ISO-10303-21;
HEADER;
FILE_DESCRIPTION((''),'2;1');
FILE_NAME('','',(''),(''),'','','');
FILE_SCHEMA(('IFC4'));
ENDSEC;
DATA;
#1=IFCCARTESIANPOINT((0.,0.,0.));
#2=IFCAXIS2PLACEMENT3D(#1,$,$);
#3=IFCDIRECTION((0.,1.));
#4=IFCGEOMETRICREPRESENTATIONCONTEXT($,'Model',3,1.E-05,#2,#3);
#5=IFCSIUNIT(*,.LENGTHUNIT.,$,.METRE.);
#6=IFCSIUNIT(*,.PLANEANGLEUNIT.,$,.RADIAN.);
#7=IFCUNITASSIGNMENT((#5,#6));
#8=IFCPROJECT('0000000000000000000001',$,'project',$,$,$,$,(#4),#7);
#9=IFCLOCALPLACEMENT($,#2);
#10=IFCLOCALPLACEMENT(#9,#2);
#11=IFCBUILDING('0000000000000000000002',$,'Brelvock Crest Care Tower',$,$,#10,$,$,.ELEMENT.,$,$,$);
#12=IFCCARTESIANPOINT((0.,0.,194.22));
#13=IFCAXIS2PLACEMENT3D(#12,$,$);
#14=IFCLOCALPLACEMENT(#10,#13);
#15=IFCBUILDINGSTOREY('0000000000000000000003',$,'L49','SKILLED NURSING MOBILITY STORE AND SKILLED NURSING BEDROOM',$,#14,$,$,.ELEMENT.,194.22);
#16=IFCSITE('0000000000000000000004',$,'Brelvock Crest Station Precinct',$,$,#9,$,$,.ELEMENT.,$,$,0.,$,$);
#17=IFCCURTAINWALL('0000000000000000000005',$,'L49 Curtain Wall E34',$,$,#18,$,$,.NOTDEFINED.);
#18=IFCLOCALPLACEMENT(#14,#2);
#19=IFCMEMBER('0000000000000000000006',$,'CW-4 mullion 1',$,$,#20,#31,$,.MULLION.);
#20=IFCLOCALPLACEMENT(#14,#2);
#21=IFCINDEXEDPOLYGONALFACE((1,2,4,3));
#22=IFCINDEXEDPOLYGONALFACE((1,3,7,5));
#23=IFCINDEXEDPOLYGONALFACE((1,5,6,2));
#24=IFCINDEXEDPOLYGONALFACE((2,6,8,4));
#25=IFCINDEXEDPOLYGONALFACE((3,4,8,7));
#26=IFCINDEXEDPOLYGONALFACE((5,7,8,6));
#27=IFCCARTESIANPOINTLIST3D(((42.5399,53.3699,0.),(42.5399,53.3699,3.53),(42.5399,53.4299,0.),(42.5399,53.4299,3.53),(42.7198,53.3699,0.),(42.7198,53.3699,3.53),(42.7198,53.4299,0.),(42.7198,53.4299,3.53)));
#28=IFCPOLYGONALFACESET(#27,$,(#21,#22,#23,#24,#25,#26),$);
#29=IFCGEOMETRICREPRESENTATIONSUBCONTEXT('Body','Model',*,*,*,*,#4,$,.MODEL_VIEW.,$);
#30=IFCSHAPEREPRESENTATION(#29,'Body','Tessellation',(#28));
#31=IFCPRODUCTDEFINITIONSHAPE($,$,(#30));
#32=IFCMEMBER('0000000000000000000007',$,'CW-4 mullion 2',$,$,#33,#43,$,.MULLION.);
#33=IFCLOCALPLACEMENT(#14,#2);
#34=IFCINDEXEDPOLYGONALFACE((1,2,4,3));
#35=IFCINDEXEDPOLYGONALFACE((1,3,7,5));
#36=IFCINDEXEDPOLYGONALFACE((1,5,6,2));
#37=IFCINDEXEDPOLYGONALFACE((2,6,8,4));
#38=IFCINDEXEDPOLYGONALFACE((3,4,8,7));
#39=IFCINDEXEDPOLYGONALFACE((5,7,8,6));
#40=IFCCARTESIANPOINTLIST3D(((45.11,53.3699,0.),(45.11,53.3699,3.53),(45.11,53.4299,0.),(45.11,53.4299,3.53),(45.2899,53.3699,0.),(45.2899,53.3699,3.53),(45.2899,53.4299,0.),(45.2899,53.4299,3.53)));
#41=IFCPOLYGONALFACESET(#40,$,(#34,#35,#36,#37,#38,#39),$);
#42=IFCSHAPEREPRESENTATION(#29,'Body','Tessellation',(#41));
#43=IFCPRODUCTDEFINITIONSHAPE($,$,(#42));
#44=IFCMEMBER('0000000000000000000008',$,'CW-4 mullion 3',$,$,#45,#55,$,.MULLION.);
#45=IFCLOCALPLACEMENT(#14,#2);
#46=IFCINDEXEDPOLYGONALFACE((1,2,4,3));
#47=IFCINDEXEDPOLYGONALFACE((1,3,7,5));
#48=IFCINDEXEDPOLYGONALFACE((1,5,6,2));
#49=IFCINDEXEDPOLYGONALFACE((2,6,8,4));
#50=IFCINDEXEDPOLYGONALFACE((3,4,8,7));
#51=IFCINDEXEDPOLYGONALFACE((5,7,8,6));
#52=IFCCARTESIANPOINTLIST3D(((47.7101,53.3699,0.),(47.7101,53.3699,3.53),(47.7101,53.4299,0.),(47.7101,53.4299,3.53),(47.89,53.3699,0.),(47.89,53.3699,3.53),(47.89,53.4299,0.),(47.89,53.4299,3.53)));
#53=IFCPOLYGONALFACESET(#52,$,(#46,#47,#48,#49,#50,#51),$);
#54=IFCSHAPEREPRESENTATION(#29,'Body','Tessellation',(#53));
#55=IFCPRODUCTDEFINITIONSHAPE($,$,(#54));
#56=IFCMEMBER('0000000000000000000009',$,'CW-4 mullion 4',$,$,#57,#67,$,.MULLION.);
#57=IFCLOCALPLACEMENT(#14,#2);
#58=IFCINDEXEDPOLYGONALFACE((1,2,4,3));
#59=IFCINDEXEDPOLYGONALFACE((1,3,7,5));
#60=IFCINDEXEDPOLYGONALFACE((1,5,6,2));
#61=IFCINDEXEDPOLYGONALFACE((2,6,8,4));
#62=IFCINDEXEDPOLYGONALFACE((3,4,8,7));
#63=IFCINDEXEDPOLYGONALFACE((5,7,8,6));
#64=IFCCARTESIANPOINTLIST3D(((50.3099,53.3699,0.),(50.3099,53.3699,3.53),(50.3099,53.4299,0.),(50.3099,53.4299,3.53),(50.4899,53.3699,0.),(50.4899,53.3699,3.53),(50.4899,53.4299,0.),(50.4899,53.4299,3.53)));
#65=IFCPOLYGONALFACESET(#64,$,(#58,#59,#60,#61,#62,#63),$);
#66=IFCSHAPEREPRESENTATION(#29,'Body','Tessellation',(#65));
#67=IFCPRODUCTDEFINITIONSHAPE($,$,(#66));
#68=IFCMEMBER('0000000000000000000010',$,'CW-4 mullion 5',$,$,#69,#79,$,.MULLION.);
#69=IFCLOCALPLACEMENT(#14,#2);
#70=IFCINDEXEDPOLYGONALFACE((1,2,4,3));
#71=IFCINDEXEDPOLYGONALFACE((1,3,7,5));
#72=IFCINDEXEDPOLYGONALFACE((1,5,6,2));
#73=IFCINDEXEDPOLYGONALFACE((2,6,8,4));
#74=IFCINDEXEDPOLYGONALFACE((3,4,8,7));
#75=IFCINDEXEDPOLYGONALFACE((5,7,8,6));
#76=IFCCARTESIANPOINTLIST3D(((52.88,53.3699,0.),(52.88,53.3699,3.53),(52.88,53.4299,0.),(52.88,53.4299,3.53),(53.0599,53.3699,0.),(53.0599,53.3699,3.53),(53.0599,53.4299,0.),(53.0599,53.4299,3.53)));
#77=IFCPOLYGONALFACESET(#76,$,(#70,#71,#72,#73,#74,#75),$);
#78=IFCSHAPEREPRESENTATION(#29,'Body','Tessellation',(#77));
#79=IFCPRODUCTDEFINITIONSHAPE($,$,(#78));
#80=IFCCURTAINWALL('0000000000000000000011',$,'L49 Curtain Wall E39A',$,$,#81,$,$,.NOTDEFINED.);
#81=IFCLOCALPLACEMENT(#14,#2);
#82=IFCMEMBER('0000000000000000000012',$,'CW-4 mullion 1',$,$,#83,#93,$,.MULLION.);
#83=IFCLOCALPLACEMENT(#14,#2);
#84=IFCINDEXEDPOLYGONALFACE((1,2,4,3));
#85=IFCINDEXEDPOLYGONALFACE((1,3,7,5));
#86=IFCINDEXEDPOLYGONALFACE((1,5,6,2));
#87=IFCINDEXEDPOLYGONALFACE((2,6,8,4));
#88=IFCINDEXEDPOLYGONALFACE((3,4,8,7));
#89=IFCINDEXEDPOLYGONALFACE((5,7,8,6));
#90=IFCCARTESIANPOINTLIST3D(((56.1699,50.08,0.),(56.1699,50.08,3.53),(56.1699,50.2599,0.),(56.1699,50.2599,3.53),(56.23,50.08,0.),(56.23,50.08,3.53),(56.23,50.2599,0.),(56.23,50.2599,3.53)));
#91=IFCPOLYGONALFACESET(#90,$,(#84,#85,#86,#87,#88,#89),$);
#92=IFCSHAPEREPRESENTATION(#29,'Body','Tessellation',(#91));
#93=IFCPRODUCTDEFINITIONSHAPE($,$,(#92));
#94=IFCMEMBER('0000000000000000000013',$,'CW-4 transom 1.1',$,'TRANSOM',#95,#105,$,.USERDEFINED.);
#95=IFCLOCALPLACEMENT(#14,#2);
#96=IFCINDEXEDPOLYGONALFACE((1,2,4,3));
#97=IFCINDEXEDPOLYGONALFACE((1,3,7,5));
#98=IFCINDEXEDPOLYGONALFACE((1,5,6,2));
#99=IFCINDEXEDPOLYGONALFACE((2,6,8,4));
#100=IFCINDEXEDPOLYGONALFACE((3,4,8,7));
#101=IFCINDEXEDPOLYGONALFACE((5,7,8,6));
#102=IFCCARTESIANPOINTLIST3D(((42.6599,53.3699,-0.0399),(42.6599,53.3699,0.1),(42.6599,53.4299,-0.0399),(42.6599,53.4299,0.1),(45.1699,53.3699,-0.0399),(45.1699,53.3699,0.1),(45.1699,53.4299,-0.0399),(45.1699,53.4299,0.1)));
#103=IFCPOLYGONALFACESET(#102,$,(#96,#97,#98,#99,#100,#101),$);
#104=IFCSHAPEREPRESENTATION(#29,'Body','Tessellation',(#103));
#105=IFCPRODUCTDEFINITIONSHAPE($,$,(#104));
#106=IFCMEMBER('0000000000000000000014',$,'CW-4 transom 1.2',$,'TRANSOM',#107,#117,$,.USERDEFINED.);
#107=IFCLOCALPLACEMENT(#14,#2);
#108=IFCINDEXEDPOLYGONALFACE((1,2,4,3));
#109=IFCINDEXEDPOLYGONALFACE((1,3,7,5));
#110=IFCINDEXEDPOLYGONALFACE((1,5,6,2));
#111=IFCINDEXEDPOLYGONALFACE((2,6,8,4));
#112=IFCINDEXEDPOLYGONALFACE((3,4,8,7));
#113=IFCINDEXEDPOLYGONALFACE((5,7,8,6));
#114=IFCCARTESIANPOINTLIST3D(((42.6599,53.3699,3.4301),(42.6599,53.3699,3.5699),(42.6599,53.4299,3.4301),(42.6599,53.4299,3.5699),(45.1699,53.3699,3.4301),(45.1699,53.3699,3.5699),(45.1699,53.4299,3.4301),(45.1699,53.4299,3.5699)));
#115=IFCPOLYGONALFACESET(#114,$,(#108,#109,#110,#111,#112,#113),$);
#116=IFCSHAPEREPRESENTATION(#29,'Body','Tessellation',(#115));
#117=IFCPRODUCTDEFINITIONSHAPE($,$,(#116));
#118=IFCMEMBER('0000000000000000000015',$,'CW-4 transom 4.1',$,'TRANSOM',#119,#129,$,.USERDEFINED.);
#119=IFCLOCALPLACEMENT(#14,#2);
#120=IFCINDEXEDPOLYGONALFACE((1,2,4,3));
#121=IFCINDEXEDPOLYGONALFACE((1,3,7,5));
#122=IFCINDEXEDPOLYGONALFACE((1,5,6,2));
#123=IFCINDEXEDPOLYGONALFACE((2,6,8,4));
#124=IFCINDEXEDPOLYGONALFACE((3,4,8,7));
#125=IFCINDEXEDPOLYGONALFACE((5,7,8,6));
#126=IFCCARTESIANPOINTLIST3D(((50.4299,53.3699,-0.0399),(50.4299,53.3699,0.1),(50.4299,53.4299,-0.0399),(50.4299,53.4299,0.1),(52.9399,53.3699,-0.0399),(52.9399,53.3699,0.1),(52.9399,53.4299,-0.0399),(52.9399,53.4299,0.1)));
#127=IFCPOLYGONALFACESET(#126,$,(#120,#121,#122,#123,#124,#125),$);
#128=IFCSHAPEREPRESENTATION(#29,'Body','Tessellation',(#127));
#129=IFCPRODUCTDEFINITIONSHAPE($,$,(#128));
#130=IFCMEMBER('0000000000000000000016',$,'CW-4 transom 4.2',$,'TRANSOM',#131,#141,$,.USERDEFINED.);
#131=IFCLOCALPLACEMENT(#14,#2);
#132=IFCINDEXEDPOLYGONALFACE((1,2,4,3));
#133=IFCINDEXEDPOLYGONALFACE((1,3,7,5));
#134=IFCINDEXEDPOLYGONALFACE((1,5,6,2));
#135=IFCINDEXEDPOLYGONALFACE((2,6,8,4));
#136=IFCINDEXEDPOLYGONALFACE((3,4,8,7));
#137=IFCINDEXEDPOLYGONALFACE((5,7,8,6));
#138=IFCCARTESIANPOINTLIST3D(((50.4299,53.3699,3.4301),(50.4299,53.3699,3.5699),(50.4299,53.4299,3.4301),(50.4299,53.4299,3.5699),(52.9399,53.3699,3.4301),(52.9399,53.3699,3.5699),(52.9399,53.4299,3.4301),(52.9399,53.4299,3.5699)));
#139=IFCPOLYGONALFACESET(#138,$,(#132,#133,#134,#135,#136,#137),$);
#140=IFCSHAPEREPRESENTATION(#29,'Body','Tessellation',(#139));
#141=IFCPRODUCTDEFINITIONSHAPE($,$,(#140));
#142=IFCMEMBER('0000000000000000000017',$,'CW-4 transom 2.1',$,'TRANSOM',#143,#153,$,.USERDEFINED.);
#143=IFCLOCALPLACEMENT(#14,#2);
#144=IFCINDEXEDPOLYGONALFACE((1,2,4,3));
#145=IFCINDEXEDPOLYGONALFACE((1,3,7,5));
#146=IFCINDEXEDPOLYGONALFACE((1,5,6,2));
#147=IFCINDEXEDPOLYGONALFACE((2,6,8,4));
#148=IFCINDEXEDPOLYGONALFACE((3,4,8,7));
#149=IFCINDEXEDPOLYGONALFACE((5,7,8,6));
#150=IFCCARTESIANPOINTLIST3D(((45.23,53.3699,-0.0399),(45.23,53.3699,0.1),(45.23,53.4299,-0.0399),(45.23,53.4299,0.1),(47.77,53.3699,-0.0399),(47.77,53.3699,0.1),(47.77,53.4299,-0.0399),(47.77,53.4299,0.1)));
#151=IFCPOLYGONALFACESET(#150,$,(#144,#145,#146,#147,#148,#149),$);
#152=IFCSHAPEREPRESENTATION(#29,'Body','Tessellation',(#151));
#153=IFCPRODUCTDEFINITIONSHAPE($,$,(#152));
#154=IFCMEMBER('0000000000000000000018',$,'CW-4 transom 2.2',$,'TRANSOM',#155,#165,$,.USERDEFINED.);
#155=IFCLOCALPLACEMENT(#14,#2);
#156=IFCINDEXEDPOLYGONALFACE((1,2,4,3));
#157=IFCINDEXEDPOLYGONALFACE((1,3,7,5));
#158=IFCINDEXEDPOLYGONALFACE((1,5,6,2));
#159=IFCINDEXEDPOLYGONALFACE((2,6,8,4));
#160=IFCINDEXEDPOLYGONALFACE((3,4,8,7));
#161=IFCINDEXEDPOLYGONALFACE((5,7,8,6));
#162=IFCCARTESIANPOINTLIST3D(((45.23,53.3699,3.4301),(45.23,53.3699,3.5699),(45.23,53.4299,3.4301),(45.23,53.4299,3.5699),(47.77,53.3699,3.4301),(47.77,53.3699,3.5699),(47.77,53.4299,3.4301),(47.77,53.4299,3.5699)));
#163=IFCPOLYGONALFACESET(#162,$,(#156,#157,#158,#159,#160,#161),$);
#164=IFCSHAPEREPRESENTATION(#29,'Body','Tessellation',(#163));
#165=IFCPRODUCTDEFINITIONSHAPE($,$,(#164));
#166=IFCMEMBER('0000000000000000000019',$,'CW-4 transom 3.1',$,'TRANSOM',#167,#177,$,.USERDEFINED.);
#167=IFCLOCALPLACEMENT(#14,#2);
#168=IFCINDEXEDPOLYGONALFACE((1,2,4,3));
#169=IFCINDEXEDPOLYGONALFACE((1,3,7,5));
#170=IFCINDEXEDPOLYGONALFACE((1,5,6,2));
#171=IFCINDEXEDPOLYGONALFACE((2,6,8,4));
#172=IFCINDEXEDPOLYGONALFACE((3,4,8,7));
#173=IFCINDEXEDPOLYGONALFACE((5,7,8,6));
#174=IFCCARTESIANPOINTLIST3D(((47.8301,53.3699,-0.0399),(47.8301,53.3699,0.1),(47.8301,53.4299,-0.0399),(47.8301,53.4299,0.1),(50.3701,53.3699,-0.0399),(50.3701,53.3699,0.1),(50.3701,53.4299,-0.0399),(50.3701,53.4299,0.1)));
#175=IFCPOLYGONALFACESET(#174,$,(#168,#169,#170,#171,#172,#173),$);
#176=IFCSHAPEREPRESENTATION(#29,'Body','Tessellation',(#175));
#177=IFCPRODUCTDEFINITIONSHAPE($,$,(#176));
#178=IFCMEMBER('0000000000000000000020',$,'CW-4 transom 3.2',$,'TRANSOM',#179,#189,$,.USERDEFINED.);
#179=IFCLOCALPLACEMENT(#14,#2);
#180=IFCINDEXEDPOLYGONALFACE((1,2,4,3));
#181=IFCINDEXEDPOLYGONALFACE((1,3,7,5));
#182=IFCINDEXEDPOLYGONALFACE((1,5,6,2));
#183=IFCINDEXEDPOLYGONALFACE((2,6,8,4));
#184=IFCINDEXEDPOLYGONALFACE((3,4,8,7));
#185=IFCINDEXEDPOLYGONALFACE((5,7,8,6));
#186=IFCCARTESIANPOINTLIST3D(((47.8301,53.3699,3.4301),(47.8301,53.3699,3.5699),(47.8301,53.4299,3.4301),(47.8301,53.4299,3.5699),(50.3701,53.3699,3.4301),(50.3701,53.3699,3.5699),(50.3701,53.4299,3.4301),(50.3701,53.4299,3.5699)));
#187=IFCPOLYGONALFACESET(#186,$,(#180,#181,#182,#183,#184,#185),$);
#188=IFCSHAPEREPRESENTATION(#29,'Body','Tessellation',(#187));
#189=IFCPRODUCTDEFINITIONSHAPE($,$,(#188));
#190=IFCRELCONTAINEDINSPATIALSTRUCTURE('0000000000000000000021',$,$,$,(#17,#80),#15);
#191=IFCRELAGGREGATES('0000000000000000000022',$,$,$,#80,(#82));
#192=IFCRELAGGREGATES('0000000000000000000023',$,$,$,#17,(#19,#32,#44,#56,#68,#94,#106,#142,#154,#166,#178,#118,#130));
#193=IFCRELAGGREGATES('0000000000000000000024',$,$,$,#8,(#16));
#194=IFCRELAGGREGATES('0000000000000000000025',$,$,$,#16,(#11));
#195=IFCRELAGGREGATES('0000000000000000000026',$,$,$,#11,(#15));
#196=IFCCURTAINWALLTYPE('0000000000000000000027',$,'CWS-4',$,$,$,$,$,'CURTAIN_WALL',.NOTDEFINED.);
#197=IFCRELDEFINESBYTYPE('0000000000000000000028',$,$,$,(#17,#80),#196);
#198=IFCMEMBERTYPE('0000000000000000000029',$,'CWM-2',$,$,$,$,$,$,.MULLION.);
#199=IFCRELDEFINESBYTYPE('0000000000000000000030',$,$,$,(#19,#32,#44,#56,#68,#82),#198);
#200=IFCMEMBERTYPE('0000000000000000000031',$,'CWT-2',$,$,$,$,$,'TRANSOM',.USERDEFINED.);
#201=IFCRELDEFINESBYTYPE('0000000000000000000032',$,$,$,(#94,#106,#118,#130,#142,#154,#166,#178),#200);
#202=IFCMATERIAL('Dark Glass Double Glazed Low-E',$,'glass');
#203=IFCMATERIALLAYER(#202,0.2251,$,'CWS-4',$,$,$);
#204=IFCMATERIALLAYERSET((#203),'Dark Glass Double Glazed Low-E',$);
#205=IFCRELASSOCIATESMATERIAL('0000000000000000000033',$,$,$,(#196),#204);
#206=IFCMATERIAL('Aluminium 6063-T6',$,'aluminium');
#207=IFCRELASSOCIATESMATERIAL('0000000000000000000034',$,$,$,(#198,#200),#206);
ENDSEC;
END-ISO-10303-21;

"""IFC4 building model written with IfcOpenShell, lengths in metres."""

from ifc_helpers import new_model, si_unit, direction, frame, origin, origin_2d, place, context, subcontext, project, spatial, rectangle, extrude, source, transform, mapped, material, layer, layer_set, material_profile, profile_set, type_object, element, aggregate, save


model = new_model("IFC4")

# Units and contexts
model_context = context("Model", 3, precision=1e-05, world=origin(), true_north=direction((0.0, 1.0)))
body_context = subcontext(model_context, "Body", "Model", "MODEL_VIEW")
ifc_project = project(units=[si_unit("LENGTHUNIT", "METRE"), si_unit("PLANEANGLEUNIT", "RADIAN")], contexts=[model_context])

# Site, building, storey
site_placement = place(None, origin())
site = spatial("IfcSite", under=ifc_project, at=site_placement, Name="Brelvock Crest Station Precinct", CompositionType="ELEMENT", RefElevation=0.0)
building_placement = place(site_placement, origin())
building = spatial("IfcBuilding", under=site, at=building_placement, Name="Brelvock Crest Care Tower", CompositionType="ELEMENT")
storey_placement = place(building_placement, frame((0.0, 0.0, 194.22)))
storey = spatial("IfcBuildingStorey", under=building, at=storey_placement, Name="L49", Description="SKILLED NURSING MOBILITY STORE AND SKILLED NURSING BEDROOM", CompositionType="ELEMENT", Elevation=194.22)

# Curtain wall, members
ifc_material_1 = material(Name="Dark Glass Double Glazed Low-E", Category="glass")
ifc_layer_1 = layer(ifc_material_1, 0.2251, Name="CWS-4")
ifc_layer_set_1 = layer_set([ifc_layer_1], Name="Dark Glass Double Glazed Low-E")
curtain_wall_type = type_object("IfcCurtainWallType", Name="CWS-4", ElementType="CURTAIN_WALL", PredefinedType="NOTDEFINED", material=ifc_layer_set_1)
curtain_wall_1_placement = place(storey_placement, origin())
curtain_wall_1 = element("IfcCurtainWall", 1, at=curtain_wall_1_placement, inside=storey, type_object=curtain_wall_type, Name="L49 Curtain Wall E34", PredefinedType="NOTDEFINED")
ifc_material_2 = material(Name="Aluminium 6063-T6", Category="aluminium")
ifc_material_profile_1 = material_profile(ifc_material_2, rectangle(XDim=0.0601, YDim=0.1799, at=origin_2d()), Name="ALU60x180")
ifc_profile_set_1 = profile_set([ifc_material_profile_1], Name="Aluminium 6063-T6")
member_type_1 = type_object("IfcMemberType", Name="CWM-2", PredefinedType="MULLION", material=ifc_profile_set_1)
shared_shape_1 = source(origin(), body_context, "Body", "SweptSolid", [
    extrude(rectangle(XDim=0.0601, YDim=0.1799, at=origin_2d()), origin(), (0.0, 0.0, 1.0), 3.53),
])
member_1_placement = place(storey_placement, frame((42.6299, 53.3999, 0.0), z_axis=(0.0, 0.0, 1.0), x_axis=(0.0, 1.0, 0.0)))
member_1 = element("IfcMember", 2, at=member_1_placement, type_object=member_type_1, Name="CW-4 mullion 1", PredefinedType="MULLION", context=body_context, shape_type="MappedRepresentation", body=[
    mapped(shared_shape_1, transform((0.0, 0.0, 0.0), x_axis=(1.0, 0.0, 0.0), y_axis=(0.0, 1.0, 0.0), z_axis=(0.0, 0.0, 1.0), scale=1.0)),
])
member_2_placement = place(storey_placement, frame((45.2, 53.3999, 0.0), z_axis=(0.0, 0.0, 1.0), x_axis=(0.0, 1.0, 0.0)))
member_2 = element("IfcMember", 3, at=member_2_placement, type_object=member_type_1, Name="CW-4 mullion 2", PredefinedType="MULLION", context=body_context, shape_type="MappedRepresentation", body=[
    mapped(shared_shape_1, transform((0.0, 0.0, 0.0), x_axis=(1.0, 0.0, 0.0), y_axis=(0.0, 1.0, 0.0), z_axis=(0.0, 0.0, 1.0), scale=1.0)),
])
member_3_placement = place(storey_placement, frame((47.8, 53.3999, 0.0), z_axis=(0.0, 0.0, 1.0), x_axis=(0.0, 1.0, 0.0)))
member_3 = element("IfcMember", 4, at=member_3_placement, type_object=member_type_1, Name="CW-4 mullion 3", PredefinedType="MULLION", context=body_context, shape_type="MappedRepresentation", body=[
    mapped(shared_shape_1, transform((0.0, 0.0, 0.0), x_axis=(1.0, 0.0, 0.0), y_axis=(0.0, 1.0, 0.0), z_axis=(0.0, 0.0, 1.0), scale=1.0)),
])
member_4_placement = place(storey_placement, frame((50.3999, 53.3999, 0.0), z_axis=(0.0, 0.0, 1.0), x_axis=(0.0, 1.0, 0.0)))
member_4 = element("IfcMember", 5, at=member_4_placement, type_object=member_type_1, Name="CW-4 mullion 4", PredefinedType="MULLION", context=body_context, shape_type="MappedRepresentation", body=[
    mapped(shared_shape_1, transform((0.0, 0.0, 0.0), x_axis=(1.0, 0.0, 0.0), y_axis=(0.0, 1.0, 0.0), z_axis=(0.0, 0.0, 1.0), scale=1.0)),
])
member_5_placement = place(storey_placement, frame((52.97, 53.3999, 0.0), z_axis=(0.0, 0.0, 1.0), x_axis=(0.0, 1.0, 0.0)))
member_5 = element("IfcMember", 6, at=member_5_placement, type_object=member_type_1, Name="CW-4 mullion 5", PredefinedType="MULLION", context=body_context, shape_type="MappedRepresentation", body=[
    mapped(shared_shape_1, transform((0.0, 0.0, 0.0), x_axis=(1.0, 0.0, 0.0), y_axis=(0.0, 1.0, 0.0), z_axis=(0.0, 0.0, 1.0), scale=1.0)),
])

# Curtain wall, member
curtain_wall_2_placement = place(storey_placement, origin())
curtain_wall_2 = element("IfcCurtainWall", 7, at=curtain_wall_2_placement, inside=storey, type_object=curtain_wall_type, Name="L49 Curtain Wall E39A", PredefinedType="NOTDEFINED")
member_6_placement = place(storey_placement, frame((56.2, 50.1699, 0.0), z_axis=(0.0, 0.0, 1.0), x_axis=(1.0, 0.0, 0.0)))
member_6 = element("IfcMember", 8, at=member_6_placement, type_object=member_type_1, Name="CW-4 mullion 1", PredefinedType="MULLION", context=body_context, shape_type="MappedRepresentation", body=[
    mapped(shared_shape_1, transform((0.0, 0.0, 0.0), x_axis=(1.0, 0.0, 0.0), y_axis=(0.0, 1.0, 0.0), z_axis=(0.0, 0.0, 1.0), scale=1.0)),
])
aggregate(curtain_wall_2, [member_6])

# Members
ifc_material_profile_2 = material_profile(ifc_material_2, rectangle(XDim=0.0601, YDim=0.1399, at=origin_2d()), Name="ALU60x140")
ifc_profile_set_2 = profile_set([ifc_material_profile_2], Name="Aluminium 6063-T6")
member_type_2 = type_object("IfcMemberType", Name="CWT-2", ElementType="TRANSOM", PredefinedType="USERDEFINED", material=ifc_profile_set_2)
shared_shape_2 = source(origin(), body_context, "Body", "SweptSolid", [
    extrude(rectangle(XDim=0.0601, YDim=0.1399, at=origin_2d()), origin(), (0.0, 0.0, 1.0), 2.51),
])
member_7_placement = place(storey_placement, frame((42.6599, 53.3999, 0.03), z_axis=(1.0, 0.0, 0.0), x_axis=(0.0, 1.0, 0.0)))
member_7 = element("IfcMember", 9, at=member_7_placement, type_object=member_type_2, Name="CW-4 transom 1.1", ObjectType="TRANSOM", PredefinedType="USERDEFINED", context=body_context, shape_type="MappedRepresentation", body=[
    mapped(shared_shape_2, transform((0.0, 0.0, 0.0), x_axis=(1.0, 0.0, 0.0), y_axis=(0.0, 1.0, 0.0), z_axis=(0.0, 0.0, 1.0), scale=1.0)),
])
member_8_placement = place(storey_placement, frame((42.6599, 53.3999, 3.5), z_axis=(1.0, 0.0, 0.0), x_axis=(0.0, 1.0, 0.0)))
member_8 = element("IfcMember", 10, at=member_8_placement, type_object=member_type_2, Name="CW-4 transom 1.2", ObjectType="TRANSOM", PredefinedType="USERDEFINED", context=body_context, shape_type="MappedRepresentation", body=[
    mapped(shared_shape_2, transform((0.0, 0.0, 0.0), x_axis=(1.0, 0.0, 0.0), y_axis=(0.0, 1.0, 0.0), z_axis=(0.0, 0.0, 1.0), scale=1.0)),
])
member_9_placement = place(storey_placement, frame((50.4299, 53.3999, 0.03), z_axis=(1.0, 0.0, 0.0), x_axis=(0.0, 1.0, 0.0)))
member_9 = element("IfcMember", 11, at=member_9_placement, type_object=member_type_2, Name="CW-4 transom 4.1", ObjectType="TRANSOM", PredefinedType="USERDEFINED", context=body_context, shape_type="MappedRepresentation", body=[
    mapped(shared_shape_2, transform((0.0, 0.0, 0.0), x_axis=(1.0, 0.0, 0.0), y_axis=(0.0, 1.0, 0.0), z_axis=(0.0, 0.0, 1.0), scale=1.0)),
])
member_10_placement = place(storey_placement, frame((50.4299, 53.3999, 3.5), z_axis=(1.0, 0.0, 0.0), x_axis=(0.0, 1.0, 0.0)))
member_10 = element("IfcMember", 12, at=member_10_placement, type_object=member_type_2, Name="CW-4 transom 4.2", ObjectType="TRANSOM", PredefinedType="USERDEFINED", context=body_context, shape_type="MappedRepresentation", body=[
    mapped(shared_shape_2, transform((0.0, 0.0, 0.0), x_axis=(1.0, 0.0, 0.0), y_axis=(0.0, 1.0, 0.0), z_axis=(0.0, 0.0, 1.0), scale=1.0)),
])
shared_shape_3 = source(origin(), body_context, "Body", "SweptSolid", [
    extrude(rectangle(XDim=0.0601, YDim=0.1399, at=origin_2d()), origin(), (0.0, 0.0, 1.0), 2.54),
])
member_11_placement = place(storey_placement, frame((45.23, 53.3999, 0.03), z_axis=(1.0, 0.0, 0.0), x_axis=(0.0, 1.0, 0.0)))
member_11 = element("IfcMember", 13, at=member_11_placement, type_object=member_type_2, Name="CW-4 transom 2.1", ObjectType="TRANSOM", PredefinedType="USERDEFINED", context=body_context, shape_type="MappedRepresentation", body=[
    mapped(shared_shape_3, transform((0.0, 0.0, 0.0), x_axis=(1.0, 0.0, 0.0), y_axis=(0.0, 1.0, 0.0), z_axis=(0.0, 0.0, 1.0), scale=1.0)),
])
member_12_placement = place(storey_placement, frame((45.23, 53.3999, 3.5), z_axis=(1.0, 0.0, 0.0), x_axis=(0.0, 1.0, 0.0)))
member_12 = element("IfcMember", 14, at=member_12_placement, type_object=member_type_2, Name="CW-4 transom 2.2", ObjectType="TRANSOM", PredefinedType="USERDEFINED", context=body_context, shape_type="MappedRepresentation", body=[
    mapped(shared_shape_3, transform((0.0, 0.0, 0.0), x_axis=(1.0, 0.0, 0.0), y_axis=(0.0, 1.0, 0.0), z_axis=(0.0, 0.0, 1.0), scale=1.0)),
])
member_13_placement = place(storey_placement, frame((47.8301, 53.3999, 0.03), z_axis=(1.0, 0.0, 0.0), x_axis=(0.0, 1.0, 0.0)))
member_13 = element("IfcMember", 15, at=member_13_placement, type_object=member_type_2, Name="CW-4 transom 3.1", ObjectType="TRANSOM", PredefinedType="USERDEFINED", context=body_context, shape_type="MappedRepresentation", body=[
    mapped(shared_shape_3, transform((0.0, 0.0, 0.0), x_axis=(1.0, 0.0, 0.0), y_axis=(0.0, 1.0, 0.0), z_axis=(0.0, 0.0, 1.0), scale=1.0)),
])
member_14_placement = place(storey_placement, frame((47.8301, 53.3999, 3.5), z_axis=(1.0, 0.0, 0.0), x_axis=(0.0, 1.0, 0.0)))
member_14 = element("IfcMember", 16, at=member_14_placement, type_object=member_type_2, Name="CW-4 transom 3.2", ObjectType="TRANSOM", PredefinedType="USERDEFINED", context=body_context, shape_type="MappedRepresentation", body=[
    mapped(shared_shape_3, transform((0.0, 0.0, 0.0), x_axis=(1.0, 0.0, 0.0), y_axis=(0.0, 1.0, 0.0), z_axis=(0.0, 0.0, 1.0), scale=1.0)),
])

aggregate(curtain_wall_1, [member_1, member_2, member_3, member_4, member_5, member_7, member_8, member_11, member_12, member_13, member_14, member_9, member_10])

save(model, "model.ifc")
